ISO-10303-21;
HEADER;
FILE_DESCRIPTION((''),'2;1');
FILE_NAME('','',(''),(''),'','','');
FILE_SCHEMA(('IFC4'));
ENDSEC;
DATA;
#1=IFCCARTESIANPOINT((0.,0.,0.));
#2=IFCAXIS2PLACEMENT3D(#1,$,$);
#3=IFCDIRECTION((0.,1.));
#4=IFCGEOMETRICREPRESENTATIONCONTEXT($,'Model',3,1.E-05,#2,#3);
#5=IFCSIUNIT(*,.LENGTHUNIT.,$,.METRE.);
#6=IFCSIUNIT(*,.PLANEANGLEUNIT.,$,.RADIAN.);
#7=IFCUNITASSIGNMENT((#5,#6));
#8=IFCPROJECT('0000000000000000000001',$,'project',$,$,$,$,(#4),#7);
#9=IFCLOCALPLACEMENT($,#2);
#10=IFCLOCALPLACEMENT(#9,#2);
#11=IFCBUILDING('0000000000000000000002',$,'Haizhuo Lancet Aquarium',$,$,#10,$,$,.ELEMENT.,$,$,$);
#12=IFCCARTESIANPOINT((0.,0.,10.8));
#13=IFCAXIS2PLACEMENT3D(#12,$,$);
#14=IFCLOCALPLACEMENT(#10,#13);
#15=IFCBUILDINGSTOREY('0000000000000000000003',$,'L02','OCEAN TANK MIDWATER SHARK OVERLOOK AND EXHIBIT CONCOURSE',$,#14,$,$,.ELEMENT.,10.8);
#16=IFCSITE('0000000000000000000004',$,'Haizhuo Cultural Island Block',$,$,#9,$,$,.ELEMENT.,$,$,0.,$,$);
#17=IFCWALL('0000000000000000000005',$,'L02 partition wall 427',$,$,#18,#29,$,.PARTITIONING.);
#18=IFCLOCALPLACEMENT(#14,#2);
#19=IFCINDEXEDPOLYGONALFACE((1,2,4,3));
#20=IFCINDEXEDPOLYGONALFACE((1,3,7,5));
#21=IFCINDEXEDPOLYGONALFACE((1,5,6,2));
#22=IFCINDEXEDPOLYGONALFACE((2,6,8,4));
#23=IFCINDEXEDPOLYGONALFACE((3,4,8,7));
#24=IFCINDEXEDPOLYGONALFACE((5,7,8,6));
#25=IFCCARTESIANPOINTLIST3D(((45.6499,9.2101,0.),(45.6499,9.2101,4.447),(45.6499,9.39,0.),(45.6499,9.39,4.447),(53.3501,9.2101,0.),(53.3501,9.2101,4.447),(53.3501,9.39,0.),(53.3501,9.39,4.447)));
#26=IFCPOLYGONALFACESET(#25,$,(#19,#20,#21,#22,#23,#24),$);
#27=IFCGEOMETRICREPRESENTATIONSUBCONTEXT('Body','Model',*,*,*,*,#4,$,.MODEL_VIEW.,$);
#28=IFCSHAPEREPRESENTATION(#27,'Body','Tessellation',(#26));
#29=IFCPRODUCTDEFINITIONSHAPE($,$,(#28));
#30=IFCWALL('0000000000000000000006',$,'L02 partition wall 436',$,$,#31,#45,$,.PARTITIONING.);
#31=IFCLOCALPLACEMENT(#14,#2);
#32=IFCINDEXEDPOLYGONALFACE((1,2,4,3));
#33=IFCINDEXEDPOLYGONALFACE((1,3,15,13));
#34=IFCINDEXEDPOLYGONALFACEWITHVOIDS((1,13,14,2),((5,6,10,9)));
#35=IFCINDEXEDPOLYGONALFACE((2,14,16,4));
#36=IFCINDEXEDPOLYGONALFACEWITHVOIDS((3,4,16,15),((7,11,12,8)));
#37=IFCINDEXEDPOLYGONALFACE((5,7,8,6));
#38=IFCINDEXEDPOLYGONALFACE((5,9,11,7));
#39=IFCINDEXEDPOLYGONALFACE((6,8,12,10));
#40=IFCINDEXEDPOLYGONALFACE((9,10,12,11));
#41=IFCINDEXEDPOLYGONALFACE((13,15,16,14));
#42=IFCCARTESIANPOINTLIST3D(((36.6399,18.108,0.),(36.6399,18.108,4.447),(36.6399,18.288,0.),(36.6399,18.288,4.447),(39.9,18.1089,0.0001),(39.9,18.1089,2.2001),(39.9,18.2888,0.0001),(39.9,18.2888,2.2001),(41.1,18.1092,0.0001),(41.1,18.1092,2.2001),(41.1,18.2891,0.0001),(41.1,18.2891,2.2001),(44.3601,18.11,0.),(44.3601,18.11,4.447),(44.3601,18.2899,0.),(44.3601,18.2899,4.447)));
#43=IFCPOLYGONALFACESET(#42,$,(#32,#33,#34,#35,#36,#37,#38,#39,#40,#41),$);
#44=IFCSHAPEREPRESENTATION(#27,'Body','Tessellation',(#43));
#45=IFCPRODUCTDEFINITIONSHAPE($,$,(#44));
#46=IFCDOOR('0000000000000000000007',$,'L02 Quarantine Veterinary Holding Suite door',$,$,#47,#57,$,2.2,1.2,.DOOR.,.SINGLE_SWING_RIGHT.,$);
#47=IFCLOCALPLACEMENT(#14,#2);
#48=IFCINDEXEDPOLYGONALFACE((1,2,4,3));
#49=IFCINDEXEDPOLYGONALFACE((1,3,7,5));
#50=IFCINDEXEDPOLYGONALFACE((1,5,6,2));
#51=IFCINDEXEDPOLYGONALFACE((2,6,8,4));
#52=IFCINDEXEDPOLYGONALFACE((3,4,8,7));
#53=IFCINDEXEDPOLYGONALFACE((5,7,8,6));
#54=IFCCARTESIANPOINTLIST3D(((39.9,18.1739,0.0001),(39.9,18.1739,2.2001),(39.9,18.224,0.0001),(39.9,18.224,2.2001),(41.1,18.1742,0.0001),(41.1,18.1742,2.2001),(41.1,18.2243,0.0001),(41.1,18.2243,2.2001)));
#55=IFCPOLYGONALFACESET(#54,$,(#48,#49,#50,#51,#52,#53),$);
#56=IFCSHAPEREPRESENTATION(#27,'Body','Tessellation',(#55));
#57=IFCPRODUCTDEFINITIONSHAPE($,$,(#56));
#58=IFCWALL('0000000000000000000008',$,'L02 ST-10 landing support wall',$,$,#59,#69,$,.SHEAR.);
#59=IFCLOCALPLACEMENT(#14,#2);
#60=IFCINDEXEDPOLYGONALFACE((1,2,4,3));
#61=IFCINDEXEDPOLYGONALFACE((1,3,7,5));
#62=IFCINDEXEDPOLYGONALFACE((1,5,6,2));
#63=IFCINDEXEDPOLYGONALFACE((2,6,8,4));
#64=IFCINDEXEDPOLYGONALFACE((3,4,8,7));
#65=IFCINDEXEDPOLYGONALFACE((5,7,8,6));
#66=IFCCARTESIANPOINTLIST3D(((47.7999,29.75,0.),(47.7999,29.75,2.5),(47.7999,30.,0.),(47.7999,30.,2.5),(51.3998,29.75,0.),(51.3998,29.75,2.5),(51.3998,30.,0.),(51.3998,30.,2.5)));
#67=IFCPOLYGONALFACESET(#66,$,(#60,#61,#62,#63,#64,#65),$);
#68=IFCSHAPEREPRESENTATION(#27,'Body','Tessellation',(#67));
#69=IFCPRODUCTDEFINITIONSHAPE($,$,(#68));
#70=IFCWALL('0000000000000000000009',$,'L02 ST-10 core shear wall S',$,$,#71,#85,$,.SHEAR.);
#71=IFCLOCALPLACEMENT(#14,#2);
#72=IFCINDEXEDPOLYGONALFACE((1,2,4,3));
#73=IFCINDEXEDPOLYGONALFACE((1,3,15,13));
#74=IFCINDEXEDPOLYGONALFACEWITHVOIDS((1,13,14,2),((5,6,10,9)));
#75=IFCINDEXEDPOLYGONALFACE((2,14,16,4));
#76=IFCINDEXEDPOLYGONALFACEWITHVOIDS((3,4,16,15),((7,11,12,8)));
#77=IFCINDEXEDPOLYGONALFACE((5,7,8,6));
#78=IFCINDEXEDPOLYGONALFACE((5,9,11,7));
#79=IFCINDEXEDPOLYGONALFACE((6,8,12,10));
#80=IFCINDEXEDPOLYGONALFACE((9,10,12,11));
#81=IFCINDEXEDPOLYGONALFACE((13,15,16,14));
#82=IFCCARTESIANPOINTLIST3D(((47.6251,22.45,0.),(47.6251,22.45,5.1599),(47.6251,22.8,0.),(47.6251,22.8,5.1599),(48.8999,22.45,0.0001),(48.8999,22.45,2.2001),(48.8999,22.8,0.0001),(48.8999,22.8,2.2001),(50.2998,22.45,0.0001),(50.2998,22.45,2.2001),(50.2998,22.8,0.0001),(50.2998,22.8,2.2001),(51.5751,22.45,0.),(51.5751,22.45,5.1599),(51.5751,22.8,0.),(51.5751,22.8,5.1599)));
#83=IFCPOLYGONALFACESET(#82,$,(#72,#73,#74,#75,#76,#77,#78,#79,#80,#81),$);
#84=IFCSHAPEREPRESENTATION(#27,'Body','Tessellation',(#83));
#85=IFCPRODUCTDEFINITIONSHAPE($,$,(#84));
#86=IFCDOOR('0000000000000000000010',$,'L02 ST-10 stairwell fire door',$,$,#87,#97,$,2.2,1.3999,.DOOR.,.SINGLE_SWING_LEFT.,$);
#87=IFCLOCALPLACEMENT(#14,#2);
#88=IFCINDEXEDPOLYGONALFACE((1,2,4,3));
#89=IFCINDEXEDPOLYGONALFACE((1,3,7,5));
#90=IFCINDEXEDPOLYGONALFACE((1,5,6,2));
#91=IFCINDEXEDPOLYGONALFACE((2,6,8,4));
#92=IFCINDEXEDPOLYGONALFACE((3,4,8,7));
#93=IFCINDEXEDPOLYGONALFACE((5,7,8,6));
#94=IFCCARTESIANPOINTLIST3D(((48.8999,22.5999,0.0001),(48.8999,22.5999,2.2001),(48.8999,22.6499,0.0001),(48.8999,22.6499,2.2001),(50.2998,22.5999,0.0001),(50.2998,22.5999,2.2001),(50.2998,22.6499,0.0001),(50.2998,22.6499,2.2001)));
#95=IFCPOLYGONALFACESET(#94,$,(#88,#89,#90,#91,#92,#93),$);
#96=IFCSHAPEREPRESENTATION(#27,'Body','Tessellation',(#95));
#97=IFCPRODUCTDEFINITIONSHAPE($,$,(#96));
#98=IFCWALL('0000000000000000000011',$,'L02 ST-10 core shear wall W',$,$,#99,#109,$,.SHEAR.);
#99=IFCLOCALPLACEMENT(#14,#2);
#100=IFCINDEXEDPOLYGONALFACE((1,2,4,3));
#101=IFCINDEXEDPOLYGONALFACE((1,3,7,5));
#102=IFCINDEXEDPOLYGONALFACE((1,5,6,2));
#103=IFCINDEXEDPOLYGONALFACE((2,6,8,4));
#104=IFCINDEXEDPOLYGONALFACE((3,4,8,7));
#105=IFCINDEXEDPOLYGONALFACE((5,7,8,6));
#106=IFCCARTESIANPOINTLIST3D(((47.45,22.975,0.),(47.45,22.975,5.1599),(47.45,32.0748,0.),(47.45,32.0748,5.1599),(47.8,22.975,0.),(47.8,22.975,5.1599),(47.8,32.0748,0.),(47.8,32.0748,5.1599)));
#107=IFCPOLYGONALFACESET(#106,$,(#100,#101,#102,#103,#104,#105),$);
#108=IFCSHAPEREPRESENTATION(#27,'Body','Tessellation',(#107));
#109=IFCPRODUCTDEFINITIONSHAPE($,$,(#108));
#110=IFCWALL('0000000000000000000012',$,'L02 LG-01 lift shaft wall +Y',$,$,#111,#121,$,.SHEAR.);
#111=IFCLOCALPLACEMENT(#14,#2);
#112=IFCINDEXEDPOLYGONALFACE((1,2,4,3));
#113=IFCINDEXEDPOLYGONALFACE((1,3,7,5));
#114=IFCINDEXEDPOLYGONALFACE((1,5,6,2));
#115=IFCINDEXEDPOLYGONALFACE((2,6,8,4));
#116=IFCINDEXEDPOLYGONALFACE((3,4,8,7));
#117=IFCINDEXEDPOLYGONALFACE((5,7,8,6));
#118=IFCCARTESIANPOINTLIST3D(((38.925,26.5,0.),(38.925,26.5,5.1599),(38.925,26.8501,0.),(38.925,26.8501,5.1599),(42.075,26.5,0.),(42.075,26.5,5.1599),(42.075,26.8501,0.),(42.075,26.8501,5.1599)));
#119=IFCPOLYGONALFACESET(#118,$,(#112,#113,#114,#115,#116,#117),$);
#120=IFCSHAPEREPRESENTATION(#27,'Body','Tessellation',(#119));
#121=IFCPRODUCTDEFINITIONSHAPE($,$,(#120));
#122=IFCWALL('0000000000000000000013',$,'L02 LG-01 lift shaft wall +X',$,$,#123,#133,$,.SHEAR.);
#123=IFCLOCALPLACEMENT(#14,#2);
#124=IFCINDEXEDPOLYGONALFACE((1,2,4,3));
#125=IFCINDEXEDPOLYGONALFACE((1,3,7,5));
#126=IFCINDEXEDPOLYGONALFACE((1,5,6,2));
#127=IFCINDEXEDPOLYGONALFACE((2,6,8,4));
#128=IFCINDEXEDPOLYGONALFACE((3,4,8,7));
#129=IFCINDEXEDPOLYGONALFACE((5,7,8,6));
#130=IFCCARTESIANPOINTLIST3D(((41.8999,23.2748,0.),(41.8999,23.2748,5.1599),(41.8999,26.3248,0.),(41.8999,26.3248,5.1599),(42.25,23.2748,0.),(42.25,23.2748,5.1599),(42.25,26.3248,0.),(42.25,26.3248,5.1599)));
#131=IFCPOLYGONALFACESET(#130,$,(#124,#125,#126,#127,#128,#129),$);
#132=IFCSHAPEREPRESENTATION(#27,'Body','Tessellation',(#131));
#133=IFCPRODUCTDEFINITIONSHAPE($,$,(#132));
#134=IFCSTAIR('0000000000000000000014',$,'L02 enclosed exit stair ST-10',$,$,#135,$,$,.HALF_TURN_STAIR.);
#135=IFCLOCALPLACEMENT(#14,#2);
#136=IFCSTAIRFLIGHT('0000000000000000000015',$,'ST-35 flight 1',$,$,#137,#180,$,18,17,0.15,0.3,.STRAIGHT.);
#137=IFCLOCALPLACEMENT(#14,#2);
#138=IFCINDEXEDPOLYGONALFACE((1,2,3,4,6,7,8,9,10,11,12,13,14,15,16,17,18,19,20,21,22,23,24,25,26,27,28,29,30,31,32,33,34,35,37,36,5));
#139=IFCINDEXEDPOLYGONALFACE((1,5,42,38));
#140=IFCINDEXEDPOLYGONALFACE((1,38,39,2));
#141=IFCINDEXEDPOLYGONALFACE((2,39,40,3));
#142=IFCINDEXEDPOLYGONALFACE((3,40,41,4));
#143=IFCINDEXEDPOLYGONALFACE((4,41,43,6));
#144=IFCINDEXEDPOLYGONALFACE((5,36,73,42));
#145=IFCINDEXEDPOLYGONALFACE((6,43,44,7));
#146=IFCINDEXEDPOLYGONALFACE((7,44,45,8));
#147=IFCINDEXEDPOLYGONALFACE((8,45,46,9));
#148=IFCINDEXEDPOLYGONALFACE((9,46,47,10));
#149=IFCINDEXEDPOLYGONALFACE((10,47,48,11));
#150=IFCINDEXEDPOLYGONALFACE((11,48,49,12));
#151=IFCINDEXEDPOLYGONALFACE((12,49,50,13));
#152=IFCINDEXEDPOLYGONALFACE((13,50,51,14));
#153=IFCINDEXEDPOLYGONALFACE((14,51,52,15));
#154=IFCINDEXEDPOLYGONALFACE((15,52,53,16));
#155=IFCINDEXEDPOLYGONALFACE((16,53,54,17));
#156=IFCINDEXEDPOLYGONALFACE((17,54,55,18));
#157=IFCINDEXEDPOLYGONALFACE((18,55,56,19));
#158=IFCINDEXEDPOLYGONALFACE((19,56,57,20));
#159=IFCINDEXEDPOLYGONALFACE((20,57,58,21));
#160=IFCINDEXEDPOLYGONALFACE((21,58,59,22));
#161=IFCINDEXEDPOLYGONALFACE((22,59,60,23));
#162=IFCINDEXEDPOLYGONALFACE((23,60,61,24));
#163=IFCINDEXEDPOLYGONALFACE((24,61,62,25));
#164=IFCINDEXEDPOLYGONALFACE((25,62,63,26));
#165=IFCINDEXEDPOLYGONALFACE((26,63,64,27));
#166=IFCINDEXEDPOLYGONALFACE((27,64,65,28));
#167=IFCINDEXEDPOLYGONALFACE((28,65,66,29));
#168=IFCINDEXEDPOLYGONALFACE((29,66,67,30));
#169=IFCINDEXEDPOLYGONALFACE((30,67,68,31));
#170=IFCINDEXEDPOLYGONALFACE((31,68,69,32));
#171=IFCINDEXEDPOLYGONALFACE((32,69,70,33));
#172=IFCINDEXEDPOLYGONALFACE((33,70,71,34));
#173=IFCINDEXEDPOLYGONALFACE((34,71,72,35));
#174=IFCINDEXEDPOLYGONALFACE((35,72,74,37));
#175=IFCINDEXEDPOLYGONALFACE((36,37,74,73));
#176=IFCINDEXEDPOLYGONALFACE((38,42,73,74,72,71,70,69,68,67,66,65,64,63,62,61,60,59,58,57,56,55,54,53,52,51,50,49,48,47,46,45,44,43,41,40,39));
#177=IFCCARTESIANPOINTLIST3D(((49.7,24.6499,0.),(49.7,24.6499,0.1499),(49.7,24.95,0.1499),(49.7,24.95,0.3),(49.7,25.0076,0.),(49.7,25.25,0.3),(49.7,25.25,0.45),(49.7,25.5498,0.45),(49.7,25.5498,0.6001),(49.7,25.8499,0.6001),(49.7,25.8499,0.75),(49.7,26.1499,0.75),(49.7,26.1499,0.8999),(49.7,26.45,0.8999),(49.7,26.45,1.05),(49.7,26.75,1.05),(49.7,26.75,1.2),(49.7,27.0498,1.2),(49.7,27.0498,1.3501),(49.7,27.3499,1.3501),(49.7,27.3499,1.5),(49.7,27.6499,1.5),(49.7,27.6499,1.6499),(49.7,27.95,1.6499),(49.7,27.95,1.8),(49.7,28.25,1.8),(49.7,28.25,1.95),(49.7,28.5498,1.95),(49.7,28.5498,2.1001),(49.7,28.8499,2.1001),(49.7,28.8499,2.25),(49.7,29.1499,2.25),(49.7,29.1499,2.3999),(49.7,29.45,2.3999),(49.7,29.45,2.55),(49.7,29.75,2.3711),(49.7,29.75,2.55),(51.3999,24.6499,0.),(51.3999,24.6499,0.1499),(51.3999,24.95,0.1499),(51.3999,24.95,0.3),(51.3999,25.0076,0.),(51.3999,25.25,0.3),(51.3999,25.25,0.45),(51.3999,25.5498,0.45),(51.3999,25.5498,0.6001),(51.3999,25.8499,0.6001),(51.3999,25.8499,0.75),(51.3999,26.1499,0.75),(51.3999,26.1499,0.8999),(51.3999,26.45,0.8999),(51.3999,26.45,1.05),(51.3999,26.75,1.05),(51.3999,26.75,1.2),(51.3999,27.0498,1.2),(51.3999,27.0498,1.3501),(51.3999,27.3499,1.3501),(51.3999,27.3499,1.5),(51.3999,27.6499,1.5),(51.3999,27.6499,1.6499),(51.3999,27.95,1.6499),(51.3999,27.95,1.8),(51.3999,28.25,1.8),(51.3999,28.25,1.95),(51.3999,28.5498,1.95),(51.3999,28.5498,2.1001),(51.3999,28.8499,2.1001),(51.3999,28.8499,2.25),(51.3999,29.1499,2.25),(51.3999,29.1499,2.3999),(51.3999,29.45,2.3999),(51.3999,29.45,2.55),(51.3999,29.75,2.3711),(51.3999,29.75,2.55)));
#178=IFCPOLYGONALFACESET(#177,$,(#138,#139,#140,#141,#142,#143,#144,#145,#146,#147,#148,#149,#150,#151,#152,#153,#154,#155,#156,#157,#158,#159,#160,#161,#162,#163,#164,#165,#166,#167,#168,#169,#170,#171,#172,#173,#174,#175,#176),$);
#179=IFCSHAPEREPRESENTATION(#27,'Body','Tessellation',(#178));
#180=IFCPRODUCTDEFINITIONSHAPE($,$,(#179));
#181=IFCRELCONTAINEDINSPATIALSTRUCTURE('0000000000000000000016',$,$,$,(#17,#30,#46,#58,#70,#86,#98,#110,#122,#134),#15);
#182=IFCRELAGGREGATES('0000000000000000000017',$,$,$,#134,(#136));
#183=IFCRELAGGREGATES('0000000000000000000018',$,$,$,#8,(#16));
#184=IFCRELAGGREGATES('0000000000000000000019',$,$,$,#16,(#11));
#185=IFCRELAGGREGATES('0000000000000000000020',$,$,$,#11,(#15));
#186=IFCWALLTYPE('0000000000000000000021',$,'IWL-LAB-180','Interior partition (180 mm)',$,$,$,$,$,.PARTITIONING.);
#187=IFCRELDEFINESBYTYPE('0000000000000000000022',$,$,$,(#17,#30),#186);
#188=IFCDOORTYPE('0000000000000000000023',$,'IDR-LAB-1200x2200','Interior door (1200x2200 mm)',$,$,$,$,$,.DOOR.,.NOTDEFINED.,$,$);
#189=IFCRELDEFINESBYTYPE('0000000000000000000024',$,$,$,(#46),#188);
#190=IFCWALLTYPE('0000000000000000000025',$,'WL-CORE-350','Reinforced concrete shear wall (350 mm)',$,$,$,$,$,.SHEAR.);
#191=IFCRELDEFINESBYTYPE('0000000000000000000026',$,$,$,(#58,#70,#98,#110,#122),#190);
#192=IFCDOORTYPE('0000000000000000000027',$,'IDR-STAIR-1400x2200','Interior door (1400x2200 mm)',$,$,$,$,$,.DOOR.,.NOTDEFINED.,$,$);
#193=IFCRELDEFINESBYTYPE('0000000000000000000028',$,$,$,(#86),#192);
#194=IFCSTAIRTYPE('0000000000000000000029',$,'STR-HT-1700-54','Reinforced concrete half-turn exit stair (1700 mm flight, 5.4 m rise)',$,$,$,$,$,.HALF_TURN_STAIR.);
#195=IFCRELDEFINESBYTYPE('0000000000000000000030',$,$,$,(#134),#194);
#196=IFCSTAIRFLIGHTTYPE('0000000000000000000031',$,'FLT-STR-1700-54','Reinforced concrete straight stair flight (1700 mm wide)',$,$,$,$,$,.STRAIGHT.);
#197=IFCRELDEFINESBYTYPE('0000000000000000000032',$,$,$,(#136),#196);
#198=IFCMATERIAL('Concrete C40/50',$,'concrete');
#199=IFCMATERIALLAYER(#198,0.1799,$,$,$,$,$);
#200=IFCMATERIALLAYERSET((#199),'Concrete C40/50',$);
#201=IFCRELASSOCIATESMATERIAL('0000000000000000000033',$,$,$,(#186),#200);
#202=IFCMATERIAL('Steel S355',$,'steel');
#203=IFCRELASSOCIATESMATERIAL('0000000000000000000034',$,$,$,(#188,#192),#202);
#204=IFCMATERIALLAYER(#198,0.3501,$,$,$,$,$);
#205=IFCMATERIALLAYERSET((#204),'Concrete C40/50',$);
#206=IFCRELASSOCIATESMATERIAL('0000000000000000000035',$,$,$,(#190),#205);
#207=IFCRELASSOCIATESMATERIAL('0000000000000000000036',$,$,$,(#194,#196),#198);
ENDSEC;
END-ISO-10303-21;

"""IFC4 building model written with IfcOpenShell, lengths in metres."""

from ifc_helpers import new_model, si_unit, direction, frame, frame_2d, origin, place, context, subcontext, project, spatial, polyline, rectangle, outline, extrude, material, layer, layer_set, type_object, element, fill, aggregate, save


model = new_model("IFC4")

# Units and contexts
model_context = context("Model", 3, precision=1e-05, world=origin(), true_north=direction((0.0, 1.0)))
body_context = subcontext(model_context, "Body", "Model", "MODEL_VIEW")
ifc_project = project(units=[si_unit("LENGTHUNIT", "METRE"), si_unit("PLANEANGLEUNIT", "RADIAN")], contexts=[model_context])

# Site, building, storey
site_placement = place(None, origin())
site = spatial("IfcSite", under=ifc_project, at=site_placement, Name="Haizhuo Cultural Island Block", CompositionType="ELEMENT", RefElevation=0.0)
building_placement = place(site_placement, origin())
building = spatial("IfcBuilding", under=site, at=building_placement, Name="Haizhuo Lancet Aquarium", CompositionType="ELEMENT")
storey_placement = place(building_placement, frame((0.0, 0.0, 10.8)))
storey = spatial("IfcBuildingStorey", under=building, at=storey_placement, Name="L02", Description="OCEAN TANK MIDWATER SHARK OVERLOOK AND EXHIBIT CONCOURSE", CompositionType="ELEMENT", Elevation=10.8)

# Shared definitions
ifc_material_1 = material(Name="Steel S355", Category="steel")

# Wall
ifc_material_2 = material(Name="Concrete C40/50", Category="concrete")
ifc_layer_1 = layer(ifc_material_2, 0.1799)
ifc_layer_set_1 = layer_set([ifc_layer_1], Name="Concrete C40/50")
wall_type_1 = type_object("IfcWallType", Name="IWL-LAB-180", Description="Interior partition (180 mm)", PredefinedType="PARTITIONING", material=ifc_layer_set_1)
wall_1_placement = place(storey_placement, frame((45.6499, 9.3, 0.0), z_axis=(0.0, 0.0, 1.0), x_axis=(1.0, 0.0, 0.0)))
element("IfcWall", 1, at=wall_1_placement, inside=storey, type_object=wall_type_1, Name="L02 partition wall 427", PredefinedType="PARTITIONING", context=body_context, shape_type="SweptSolid", body=[
    extrude(rectangle(XDim=7.7002, YDim=0.1799, at=frame_2d((3.8501, 0.0))), origin(), (0.0, 0.0, 1.0), 4.447),
])

# Wall, opening, door
wall_2_placement = place(storey_placement, frame((44.3601, 18.2, 0.0), z_axis=(0.0, 0.0, 1.0), x_axis=(-1.0, -0.000253, 0.0)))
wall_2 = element("IfcWall", 2, at=wall_2_placement, inside=storey, type_object=wall_type_1, Name="L02 partition wall 436", PredefinedType="PARTITIONING", context=body_context, shape_type="SweptSolid", body=[
    extrude(rectangle(XDim=7.7202, YDim=0.1799, at=frame_2d((3.8601, 0.0))), origin(), (0.0, 0.0, 1.0), 4.447),
])
opening_1_placement = place(wall_2_placement, frame((3.26, 0.0, 0.0)))
opening_1 = element("IfcOpeningElement", 3, at=opening_1_placement, cuts=wall_2, PredefinedType="OPENING", context=body_context, shape_type="SweptSolid", body=[
    extrude(rectangle(XDim=1.2, YDim=2.2, at=frame_2d((0.6001, 1.1001))), frame((0.0, 0.0999, 0.0), z_axis=(0.0, -1.0, 0.0), x_axis=(1.0, 0.0, 0.0)), (0.0, 0.0, 1.0), 0.1999),
])
door_type_1 = type_object("IfcDoorType", Name="IDR-LAB-1200x2200", Description="Interior door (1200x2200 mm)", OperationType="NOTDEFINED", PredefinedType="DOOR", material=ifc_material_1)
door_1_placement = place(opening_1_placement, origin())
door_1 = element("IfcDoor", 4, at=door_1_placement, inside=storey, type_object=door_type_1, Name="L02 Quarantine Veterinary Holding Suite door", OperationType="SINGLE_SWING_RIGHT", OverallHeight=2.2, OverallWidth=1.2, PredefinedType="DOOR", context=body_context, shape_type="SweptSolid", body=[
    extrude(rectangle(XDim=1.2, YDim=2.2, at=frame_2d((0.6001, 1.1001))), frame((0.0, 0.0249, 0.0), z_axis=(0.0, -1.0, 0.0), x_axis=(1.0, 0.0, 0.0)), (0.0, 0.0, 1.0), 0.05),
])
fill(opening_1, door_1)

# Wall
ifc_layer_2 = layer(ifc_material_2, 0.3501)
ifc_layer_set_2 = layer_set([ifc_layer_2], Name="Concrete C40/50")
wall_type_2 = type_object("IfcWallType", Name="WL-CORE-350", Description="Reinforced concrete shear wall (350 mm)", PredefinedType="SHEAR", material=ifc_layer_set_2)
wall_3_placement = place(storey_placement, frame((47.8, 29.875, 0.0), z_axis=(0.0, 0.0, 1.0), x_axis=(1.0, 0.0, 0.0)))
element("IfcWall", 5, at=wall_3_placement, inside=storey, type_object=wall_type_2, Name="L02 ST-10 landing support wall", PredefinedType="SHEAR", context=body_context, shape_type="SweptSolid", body=[
    extrude(rectangle(XDim=3.5999, YDim=0.25, at=frame_2d((1.7998, 0.0))), origin(), (0.0, 0.0, 1.0), 2.5),
])

# Wall, opening, door
wall_4_placement = place(storey_placement, frame((47.625, 22.625, 0.0), z_axis=(0.0, 0.0, 1.0), x_axis=(1.0, 0.0, 0.0)))
wall_4 = element("IfcWall", 6, at=wall_4_placement, inside=storey, type_object=wall_type_2, Name="L02 ST-10 core shear wall S", PredefinedType="SHEAR", context=body_context, shape_type="SweptSolid", body=[
    extrude(rectangle(XDim=3.95, YDim=0.3501, at=frame_2d((1.9751, 0.0))), origin(), (0.0, 0.0, 1.0), 5.1599),
])
opening_2_placement = place(wall_4_placement, frame((1.2749, 0.0, 0.0)))
opening_2 = element("IfcOpeningElement", 7, at=opening_2_placement, cuts=wall_4, PredefinedType="OPENING", context=body_context, shape_type="SweptSolid", body=[
    extrude(rectangle(XDim=1.3999, YDim=2.2, at=frame_2d((0.7, 1.1001))), frame((0.0, 0.1851, 0.0), z_axis=(0.0, -1.0, 0.0), x_axis=(1.0, 0.0, 0.0)), (0.0, 0.0, 1.0), 0.3701),
])
door_type_2 = type_object("IfcDoorType", Name="IDR-STAIR-1400x2200", Description="Interior door (1400x2200 mm)", OperationType="NOTDEFINED", PredefinedType="DOOR", material=ifc_material_1)
door_2_placement = place(opening_2_placement, origin())
door_2 = element("IfcDoor", 8, at=door_2_placement, inside=storey, type_object=door_type_2, Name="L02 ST-10 stairwell fire door", OperationType="SINGLE_SWING_LEFT", OverallHeight=2.2, OverallWidth=1.3999, PredefinedType="DOOR", context=body_context, shape_type="SweptSolid", body=[
    extrude(rectangle(XDim=1.3999, YDim=2.2, at=frame_2d((0.7, 1.1001))), frame((0.0, 0.0249, 0.0), z_axis=(0.0, -1.0, 0.0), x_axis=(1.0, 0.0, 0.0)), (0.0, 0.0, 1.0), 0.05),
])
fill(opening_2, door_2)

# Walls
wall_5_placement = place(storey_placement, frame((47.625, 22.9751, 0.0), z_axis=(0.0, 0.0, 1.0), x_axis=(0.0, 1.0, 0.0)))
element("IfcWall", 9, at=wall_5_placement, inside=storey, type_object=wall_type_2, Name="L02 ST-10 core shear wall W", PredefinedType="SHEAR", context=body_context, shape_type="SweptSolid", body=[
    extrude(rectangle(XDim=9.0999, YDim=0.3501, at=frame_2d((4.5498, 0.0))), origin(), (0.0, 0.0, 1.0), 5.1599),
])
wall_6_placement = place(storey_placement, frame((42.075, 26.675, 0.0), z_axis=(0.0, 0.0, 1.0), x_axis=(-1.0, 0.0, 0.0)))
element("IfcWall", 10, at=wall_6_placement, inside=storey, type_object=wall_type_2, Name="L02 LG-01 lift shaft wall +Y", PredefinedType="SHEAR", context=body_context, shape_type="SweptSolid", body=[
    extrude(rectangle(XDim=3.1499, YDim=0.3501, at=frame_2d((1.575, 0.0))), origin(), (0.0, 0.0, 1.0), 5.1599),
])
wall_7_placement = place(storey_placement, frame((42.075, 23.2749, 0.0), z_axis=(0.0, 0.0, 1.0), x_axis=(0.0, 1.0, 0.0)))
element("IfcWall", 11, at=wall_7_placement, inside=storey, type_object=wall_type_2, Name="L02 LG-01 lift shaft wall +X", PredefinedType="SHEAR", context=body_context, shape_type="SweptSolid", body=[
    extrude(rectangle(XDim=3.05, YDim=0.3501, at=frame_2d((1.5249, 0.0))), origin(), (0.0, 0.0, 1.0), 5.1599),
])

# Stair, stair flight
stair_type = type_object("IfcStairType", Name="STR-HT-1700-54", Description="Reinforced concrete half-turn exit stair (1700 mm flight, 5.4 m rise)", PredefinedType="HALF_TURN_STAIR", material=ifc_material_2)
stair_placement = place(storey_placement, origin())
stair = element("IfcStair", 12, at=stair_placement, inside=storey, type_object=stair_type, Name="L02 enclosed exit stair ST-10", PredefinedType="HALF_TURN_STAIR")
stair_flight_type = type_object("IfcStairFlightType", Name="FLT-STR-1700-54", Description="Reinforced concrete straight stair flight (1700 mm wide)", PredefinedType="STRAIGHT", material=ifc_material_2)
stair_flight_1_placement = place(storey_placement, frame((50.55, 24.6499, 0.0), z_axis=(0.0, 0.0, 1.0), x_axis=(0.0, 1.0, 0.0)))
stair_flight_1 = element("IfcStairFlight", 13, at=stair_flight_1_placement, type_object=stair_flight_type, Name="ST-35 flight 1", NumberOfRisers=18, NumberOfTreads=17, PredefinedType="STRAIGHT", RiserHeight=0.15, TreadLength=0.3, context=body_context, shape_type="SweptSolid", body=[
    extrude(outline(polyline([(0.0, 0.0), (0.0, 0.1499), (0.3, 0.1499), (0.3, 0.3), (0.6001, 0.3), (0.6001, 0.45), (0.8999, 0.45), (0.8999, 0.6001), (1.2, 0.6001), (1.2, 0.75), (1.5, 0.75), (1.5, 0.8999), (1.8, 0.8999), (1.8, 1.05), (2.1001, 1.05), (2.1001, 1.2), (2.3999, 1.2), (2.3999, 1.3501), (2.7, 1.3501), (2.7, 1.5), (3.0, 1.5), (3.0, 1.6499), (3.3, 1.6499), (3.3, 1.8), (3.6001, 1.8), (3.6001, 1.95), (3.8999, 1.95), (3.8999, 2.1001), (4.2, 2.1001), (4.2, 2.25), (4.5, 2.25), (4.5, 2.3999), (4.8, 2.3999), (4.8, 2.55), (5.1001, 2.55), (5.1001, 2.7), (5.1001, 2.3711), (0.3577, 0.0), (0.0, 0.0)])), frame((0.0, 0.8501, 0.0), z_axis=(0.0, -1.0, 0.0), x_axis=(1.0, 0.0, 0.0)), (0.0, 0.0, 1.0), 1.7),
])
aggregate(stair, [stair_flight_1])

save(model, "model.ifc")
